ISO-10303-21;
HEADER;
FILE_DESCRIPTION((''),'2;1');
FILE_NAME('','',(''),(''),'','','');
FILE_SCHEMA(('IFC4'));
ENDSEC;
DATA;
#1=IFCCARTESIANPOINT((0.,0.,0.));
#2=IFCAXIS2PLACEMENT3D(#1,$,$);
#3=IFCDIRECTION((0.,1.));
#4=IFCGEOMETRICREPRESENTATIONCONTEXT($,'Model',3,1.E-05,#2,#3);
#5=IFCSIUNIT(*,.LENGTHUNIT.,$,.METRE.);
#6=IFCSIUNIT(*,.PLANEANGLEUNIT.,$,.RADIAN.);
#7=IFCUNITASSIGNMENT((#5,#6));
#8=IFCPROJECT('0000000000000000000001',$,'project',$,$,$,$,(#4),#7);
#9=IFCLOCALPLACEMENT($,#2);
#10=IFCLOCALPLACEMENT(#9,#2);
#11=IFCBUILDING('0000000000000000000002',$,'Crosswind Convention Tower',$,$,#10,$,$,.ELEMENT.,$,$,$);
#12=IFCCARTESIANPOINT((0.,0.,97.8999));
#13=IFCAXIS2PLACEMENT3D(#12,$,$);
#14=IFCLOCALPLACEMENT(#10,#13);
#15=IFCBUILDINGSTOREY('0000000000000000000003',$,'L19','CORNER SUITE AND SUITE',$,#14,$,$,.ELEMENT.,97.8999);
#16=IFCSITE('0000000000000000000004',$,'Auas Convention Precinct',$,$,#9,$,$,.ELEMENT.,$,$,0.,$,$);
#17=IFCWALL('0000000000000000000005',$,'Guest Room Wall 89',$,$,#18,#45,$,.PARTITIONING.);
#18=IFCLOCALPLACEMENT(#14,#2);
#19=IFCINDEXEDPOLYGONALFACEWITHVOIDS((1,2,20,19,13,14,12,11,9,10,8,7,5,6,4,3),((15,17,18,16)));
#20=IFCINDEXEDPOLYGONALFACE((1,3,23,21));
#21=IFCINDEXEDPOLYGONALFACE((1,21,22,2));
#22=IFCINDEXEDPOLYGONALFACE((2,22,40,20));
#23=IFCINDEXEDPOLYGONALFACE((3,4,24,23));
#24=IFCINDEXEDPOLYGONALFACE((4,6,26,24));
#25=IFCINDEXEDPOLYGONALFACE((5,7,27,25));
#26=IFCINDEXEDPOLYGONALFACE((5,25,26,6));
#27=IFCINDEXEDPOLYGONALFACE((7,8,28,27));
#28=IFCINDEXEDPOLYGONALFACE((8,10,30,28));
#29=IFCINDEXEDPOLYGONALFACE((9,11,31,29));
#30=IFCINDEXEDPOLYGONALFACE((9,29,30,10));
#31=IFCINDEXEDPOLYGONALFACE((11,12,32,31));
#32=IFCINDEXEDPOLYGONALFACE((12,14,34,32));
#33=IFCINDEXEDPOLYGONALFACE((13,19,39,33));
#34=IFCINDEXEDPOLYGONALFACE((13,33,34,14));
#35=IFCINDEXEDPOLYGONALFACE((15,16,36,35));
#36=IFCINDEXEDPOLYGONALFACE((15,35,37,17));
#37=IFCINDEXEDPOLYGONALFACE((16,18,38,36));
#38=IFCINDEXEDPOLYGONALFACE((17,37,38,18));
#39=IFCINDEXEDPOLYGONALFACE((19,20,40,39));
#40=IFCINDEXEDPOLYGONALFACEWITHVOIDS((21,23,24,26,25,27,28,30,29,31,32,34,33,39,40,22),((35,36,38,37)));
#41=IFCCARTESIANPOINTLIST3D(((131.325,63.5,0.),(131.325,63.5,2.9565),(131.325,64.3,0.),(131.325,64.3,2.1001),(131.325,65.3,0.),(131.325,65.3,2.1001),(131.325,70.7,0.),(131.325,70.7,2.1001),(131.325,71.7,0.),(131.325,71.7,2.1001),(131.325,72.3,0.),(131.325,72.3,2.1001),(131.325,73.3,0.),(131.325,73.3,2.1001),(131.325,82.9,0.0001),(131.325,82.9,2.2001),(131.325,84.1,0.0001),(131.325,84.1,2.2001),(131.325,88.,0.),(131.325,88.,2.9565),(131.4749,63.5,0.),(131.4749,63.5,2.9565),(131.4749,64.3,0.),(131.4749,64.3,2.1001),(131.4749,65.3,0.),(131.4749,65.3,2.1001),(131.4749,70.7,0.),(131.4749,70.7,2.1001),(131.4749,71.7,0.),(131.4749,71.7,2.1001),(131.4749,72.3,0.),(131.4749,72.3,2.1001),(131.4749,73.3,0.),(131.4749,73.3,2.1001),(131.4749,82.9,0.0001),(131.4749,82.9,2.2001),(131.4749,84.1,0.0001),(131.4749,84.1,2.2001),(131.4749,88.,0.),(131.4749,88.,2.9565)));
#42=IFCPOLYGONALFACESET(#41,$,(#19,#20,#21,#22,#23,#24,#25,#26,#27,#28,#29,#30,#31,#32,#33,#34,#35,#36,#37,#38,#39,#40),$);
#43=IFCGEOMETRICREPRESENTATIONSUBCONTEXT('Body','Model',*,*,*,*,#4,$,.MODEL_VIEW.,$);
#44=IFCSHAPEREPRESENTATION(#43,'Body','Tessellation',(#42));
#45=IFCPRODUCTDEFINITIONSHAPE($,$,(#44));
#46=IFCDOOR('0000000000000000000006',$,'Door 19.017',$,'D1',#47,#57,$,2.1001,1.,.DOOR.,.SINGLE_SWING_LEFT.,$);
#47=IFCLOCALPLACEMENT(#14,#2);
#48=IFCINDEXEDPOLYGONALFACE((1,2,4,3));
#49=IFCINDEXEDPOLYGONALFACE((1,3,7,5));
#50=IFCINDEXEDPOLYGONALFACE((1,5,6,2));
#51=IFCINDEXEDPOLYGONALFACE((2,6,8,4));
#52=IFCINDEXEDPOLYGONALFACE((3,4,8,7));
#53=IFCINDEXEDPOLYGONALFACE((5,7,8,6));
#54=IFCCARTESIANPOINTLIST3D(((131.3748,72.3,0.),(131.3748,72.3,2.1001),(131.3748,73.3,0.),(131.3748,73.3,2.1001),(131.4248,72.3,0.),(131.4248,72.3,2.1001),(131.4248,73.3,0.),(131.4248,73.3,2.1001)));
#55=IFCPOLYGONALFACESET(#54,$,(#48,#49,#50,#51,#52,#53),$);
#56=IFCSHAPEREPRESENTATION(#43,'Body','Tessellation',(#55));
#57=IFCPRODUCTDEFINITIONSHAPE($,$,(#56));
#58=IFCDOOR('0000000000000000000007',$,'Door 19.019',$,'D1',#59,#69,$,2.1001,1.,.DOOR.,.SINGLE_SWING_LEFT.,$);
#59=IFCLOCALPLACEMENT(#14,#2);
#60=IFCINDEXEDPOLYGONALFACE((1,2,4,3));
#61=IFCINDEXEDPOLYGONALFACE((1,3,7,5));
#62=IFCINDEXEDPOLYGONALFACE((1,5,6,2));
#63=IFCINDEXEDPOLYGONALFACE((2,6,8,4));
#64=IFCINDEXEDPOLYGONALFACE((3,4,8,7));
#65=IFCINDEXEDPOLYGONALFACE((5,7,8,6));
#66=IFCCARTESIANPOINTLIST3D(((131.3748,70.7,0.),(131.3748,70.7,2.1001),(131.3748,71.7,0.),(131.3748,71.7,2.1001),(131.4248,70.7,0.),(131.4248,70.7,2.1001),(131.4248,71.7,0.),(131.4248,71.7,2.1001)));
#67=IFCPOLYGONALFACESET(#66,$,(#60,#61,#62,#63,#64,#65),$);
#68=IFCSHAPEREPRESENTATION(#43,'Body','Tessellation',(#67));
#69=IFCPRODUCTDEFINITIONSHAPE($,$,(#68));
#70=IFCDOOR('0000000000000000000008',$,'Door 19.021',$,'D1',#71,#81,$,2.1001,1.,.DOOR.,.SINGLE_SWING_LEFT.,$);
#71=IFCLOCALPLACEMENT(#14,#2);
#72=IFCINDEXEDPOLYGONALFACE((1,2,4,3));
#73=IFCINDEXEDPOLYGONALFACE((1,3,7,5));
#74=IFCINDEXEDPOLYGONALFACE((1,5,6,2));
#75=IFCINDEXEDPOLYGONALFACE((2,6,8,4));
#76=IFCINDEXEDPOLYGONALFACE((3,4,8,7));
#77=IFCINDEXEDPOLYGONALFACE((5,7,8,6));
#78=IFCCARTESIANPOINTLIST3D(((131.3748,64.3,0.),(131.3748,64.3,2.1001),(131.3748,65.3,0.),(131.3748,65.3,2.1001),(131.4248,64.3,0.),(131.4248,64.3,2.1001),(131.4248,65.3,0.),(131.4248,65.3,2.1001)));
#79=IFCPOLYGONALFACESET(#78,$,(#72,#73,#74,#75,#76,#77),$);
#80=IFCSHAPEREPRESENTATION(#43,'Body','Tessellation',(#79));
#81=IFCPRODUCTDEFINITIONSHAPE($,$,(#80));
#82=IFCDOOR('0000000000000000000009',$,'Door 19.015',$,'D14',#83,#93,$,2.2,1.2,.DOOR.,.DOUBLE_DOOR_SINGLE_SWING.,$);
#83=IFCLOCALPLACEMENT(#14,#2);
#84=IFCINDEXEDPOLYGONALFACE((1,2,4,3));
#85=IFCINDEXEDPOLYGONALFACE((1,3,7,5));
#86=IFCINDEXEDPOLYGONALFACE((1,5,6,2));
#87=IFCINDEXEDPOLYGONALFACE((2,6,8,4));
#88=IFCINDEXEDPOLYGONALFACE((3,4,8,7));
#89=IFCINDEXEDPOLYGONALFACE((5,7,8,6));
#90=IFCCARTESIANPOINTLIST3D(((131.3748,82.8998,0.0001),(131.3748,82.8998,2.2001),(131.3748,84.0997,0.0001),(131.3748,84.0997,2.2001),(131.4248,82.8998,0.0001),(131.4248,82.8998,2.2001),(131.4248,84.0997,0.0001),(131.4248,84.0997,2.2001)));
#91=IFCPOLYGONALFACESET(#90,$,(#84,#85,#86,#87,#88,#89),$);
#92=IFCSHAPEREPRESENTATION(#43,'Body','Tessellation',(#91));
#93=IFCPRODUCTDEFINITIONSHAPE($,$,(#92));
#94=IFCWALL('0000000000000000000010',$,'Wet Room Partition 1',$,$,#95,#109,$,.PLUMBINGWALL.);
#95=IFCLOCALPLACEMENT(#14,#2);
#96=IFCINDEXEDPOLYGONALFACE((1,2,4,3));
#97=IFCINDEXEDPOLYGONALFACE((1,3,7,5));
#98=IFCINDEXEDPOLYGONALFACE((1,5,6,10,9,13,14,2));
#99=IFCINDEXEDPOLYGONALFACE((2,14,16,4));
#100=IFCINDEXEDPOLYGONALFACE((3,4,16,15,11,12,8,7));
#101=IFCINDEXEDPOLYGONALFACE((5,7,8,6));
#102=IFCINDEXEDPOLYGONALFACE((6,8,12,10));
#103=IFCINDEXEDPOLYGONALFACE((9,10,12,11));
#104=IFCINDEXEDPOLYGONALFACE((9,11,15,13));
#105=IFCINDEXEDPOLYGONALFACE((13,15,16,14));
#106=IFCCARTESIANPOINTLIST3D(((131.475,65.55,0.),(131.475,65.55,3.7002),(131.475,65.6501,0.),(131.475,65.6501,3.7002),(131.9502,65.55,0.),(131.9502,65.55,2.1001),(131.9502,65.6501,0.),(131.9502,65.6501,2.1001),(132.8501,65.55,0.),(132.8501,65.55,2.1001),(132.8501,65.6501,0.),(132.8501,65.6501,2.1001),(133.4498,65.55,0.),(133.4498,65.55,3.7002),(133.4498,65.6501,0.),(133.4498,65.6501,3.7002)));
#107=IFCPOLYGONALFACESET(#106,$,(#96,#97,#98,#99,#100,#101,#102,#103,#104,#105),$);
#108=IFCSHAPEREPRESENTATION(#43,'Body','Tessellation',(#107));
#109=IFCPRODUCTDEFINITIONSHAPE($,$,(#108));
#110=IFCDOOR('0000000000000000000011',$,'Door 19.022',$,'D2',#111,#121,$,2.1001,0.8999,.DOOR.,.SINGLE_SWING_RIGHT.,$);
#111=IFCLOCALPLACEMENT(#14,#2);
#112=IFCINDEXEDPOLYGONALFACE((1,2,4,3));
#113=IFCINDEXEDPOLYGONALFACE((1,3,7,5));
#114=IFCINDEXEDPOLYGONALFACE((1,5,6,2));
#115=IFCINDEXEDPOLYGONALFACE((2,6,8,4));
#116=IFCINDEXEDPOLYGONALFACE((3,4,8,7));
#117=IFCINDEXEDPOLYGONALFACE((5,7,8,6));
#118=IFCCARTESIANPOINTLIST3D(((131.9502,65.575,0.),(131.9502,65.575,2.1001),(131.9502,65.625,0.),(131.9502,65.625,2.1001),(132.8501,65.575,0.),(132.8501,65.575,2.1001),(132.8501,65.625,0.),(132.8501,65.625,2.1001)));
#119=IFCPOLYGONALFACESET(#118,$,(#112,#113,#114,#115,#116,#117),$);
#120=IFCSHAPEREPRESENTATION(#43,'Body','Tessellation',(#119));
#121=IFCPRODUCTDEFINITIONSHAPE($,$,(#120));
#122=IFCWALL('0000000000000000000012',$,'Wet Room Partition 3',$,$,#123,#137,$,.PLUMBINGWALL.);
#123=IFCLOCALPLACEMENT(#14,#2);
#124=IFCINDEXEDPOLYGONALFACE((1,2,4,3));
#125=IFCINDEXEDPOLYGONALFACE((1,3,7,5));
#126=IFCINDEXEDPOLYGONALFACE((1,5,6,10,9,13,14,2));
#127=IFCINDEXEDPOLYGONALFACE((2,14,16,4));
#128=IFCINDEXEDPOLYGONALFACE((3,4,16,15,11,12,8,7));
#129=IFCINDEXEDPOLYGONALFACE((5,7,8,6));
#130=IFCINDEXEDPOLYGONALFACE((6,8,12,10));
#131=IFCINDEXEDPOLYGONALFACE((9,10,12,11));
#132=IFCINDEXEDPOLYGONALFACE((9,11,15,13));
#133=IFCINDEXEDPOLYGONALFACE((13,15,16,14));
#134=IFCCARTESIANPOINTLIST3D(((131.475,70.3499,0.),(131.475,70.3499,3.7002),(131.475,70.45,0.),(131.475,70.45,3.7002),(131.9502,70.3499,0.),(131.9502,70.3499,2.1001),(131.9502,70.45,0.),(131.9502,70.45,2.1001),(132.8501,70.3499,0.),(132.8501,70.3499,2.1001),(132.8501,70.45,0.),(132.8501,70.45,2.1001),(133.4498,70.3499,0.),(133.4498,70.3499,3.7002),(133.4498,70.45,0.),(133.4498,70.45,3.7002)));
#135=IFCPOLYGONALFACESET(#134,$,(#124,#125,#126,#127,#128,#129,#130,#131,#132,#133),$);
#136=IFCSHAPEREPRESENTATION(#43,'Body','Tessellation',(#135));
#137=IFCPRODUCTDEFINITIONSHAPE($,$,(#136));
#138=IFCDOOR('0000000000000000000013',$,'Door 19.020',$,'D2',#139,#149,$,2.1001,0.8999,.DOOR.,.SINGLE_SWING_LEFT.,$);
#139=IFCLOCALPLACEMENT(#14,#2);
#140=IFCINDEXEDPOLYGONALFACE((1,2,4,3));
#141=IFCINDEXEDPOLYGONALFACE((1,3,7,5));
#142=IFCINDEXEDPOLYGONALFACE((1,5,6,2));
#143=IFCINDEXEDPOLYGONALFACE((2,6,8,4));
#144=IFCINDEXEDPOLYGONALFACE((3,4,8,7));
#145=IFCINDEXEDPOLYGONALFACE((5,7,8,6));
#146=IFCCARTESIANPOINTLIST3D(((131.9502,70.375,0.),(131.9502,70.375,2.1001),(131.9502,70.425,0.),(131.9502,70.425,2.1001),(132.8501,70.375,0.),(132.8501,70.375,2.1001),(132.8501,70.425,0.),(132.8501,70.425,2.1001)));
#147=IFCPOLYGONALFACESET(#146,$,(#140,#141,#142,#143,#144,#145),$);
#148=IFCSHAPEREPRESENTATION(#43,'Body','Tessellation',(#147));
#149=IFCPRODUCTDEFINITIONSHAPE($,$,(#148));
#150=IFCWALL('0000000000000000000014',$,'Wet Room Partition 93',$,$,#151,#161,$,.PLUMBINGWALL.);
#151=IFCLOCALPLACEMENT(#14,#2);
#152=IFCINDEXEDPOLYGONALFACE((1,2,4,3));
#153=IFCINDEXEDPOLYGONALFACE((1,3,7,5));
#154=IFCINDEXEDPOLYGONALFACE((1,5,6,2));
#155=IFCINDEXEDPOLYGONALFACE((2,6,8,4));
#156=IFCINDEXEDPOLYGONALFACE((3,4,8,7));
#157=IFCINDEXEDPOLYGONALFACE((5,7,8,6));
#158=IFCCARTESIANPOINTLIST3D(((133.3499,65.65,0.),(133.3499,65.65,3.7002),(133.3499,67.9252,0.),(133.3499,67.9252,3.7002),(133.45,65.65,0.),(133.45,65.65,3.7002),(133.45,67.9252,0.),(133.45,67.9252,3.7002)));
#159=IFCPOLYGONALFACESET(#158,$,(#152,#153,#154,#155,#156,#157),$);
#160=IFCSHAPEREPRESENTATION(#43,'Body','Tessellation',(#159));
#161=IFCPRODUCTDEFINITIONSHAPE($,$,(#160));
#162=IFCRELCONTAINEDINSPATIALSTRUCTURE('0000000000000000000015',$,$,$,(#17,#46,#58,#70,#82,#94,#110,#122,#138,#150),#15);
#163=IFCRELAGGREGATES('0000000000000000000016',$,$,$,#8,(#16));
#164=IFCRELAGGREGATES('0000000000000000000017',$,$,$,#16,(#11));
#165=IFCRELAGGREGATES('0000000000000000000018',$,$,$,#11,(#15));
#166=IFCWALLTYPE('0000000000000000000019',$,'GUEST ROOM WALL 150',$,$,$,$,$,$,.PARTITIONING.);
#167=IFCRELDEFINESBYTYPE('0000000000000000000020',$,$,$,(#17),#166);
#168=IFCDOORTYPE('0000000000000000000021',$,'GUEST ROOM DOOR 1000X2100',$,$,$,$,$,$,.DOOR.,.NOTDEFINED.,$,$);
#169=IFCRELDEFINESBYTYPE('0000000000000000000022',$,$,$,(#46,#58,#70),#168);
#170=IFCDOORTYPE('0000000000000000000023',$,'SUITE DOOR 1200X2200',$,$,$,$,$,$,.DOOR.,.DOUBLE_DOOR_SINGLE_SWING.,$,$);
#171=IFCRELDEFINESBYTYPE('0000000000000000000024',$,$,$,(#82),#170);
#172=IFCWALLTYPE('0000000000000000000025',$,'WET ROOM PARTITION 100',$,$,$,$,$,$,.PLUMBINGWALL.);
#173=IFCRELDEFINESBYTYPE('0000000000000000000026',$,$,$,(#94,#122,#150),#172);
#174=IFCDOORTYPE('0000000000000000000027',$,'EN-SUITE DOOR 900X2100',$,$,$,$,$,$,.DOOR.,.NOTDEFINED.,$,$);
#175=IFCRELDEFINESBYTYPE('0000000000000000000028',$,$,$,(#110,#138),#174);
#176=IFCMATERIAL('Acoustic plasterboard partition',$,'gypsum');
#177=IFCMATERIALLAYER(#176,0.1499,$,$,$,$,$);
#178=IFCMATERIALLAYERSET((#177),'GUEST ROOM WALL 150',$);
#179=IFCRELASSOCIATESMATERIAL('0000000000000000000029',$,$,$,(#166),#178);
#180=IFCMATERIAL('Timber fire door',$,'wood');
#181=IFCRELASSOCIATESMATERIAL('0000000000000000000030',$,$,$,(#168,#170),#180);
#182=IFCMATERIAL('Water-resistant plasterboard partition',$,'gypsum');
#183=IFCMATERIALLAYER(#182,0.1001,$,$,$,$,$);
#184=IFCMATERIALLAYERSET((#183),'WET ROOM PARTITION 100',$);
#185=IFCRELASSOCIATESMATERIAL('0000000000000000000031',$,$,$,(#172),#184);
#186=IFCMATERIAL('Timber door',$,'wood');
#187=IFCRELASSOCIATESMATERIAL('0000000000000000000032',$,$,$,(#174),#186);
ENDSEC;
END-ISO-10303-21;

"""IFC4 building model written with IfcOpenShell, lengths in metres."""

from ifc_helpers import new_model, si_unit, direction, frame, frame_2d, origin, place, context, subcontext, project, spatial, rectangle, extrude, material, layer, layer_set, type_object, element, fill, save


model = new_model("IFC4")

# Units and contexts
model_context = context("Model", 3, precision=1e-05, world=origin(), true_north=direction((0.0, 1.0)))
body_context = subcontext(model_context, "Body", "Model", "MODEL_VIEW")
ifc_project = project(units=[si_unit("LENGTHUNIT", "METRE"), si_unit("PLANEANGLEUNIT", "RADIAN")], contexts=[model_context])

# Site, building, storey
site_placement = place(None, origin())
site = spatial("IfcSite", under=ifc_project, at=site_placement, Name="Auas Convention Precinct", CompositionType="ELEMENT", RefElevation=0.0)
building_placement = place(site_placement, origin())
building = spatial("IfcBuilding", under=site, at=building_placement, Name="Crosswind Convention Tower", CompositionType="ELEMENT")
storey_placement = place(building_placement, frame((0.0, 0.0, 97.8999)))
storey = spatial("IfcBuildingStorey", under=building, at=storey_placement, Name="L19", Description="CORNER SUITE AND SUITE", CompositionType="ELEMENT", Elevation=97.8999)

# Shared definitions
ifc_material_1 = material(Name="Acoustic plasterboard partition", Category="gypsum")
ifc_layer_1 = layer(ifc_material_1, 0.1499)
ifc_layer_set_1 = layer_set([ifc_layer_1], Name="GUEST ROOM WALL 150")
wall_type_1 = type_object("IfcWallType", Name="GUEST ROOM WALL 150", PredefinedType="PARTITIONING", material=ifc_layer_set_1)

# Wall, openings, doors
wall_1_placement = place(storey_placement, frame((131.3999, 63.5, 0.0), z_axis=(0.0, 0.0, 1.0), x_axis=(0.0, 1.0, 0.0)))
wall_1 = element("IfcWall", 1, at=wall_1_placement, inside=storey, type_object=wall_type_1, Name="Guest Room Wall 89", PredefinedType="PARTITIONING", context=body_context, shape_type="SweptSolid", body=[
    extrude(rectangle(XDim=24.5, YDim=0.1499, at=frame_2d((12.25, 0.0))), origin(), (0.0, 0.0, 1.0), 2.9565),
])
opening_1_placement = place(wall_1_placement, frame((19.3999, 0.0, 0.0)))
opening_1 = element("IfcOpeningElement", 2, at=opening_1_placement, cuts=wall_1, PredefinedType="OPENING", context=body_context, shape_type="SweptSolid", body=[
    extrude(rectangle(XDim=1.2, YDim=2.2, at=frame_2d((0.6001, 1.1001))), frame((0.0, 0.085, 0.0), z_axis=(0.0, -1.0, 0.0), x_axis=(1.0, 0.0, 0.0)), (0.0, 0.0, 1.0), 0.1699),
])
opening_2_placement = place(wall_1_placement, frame((8.8, 0.0, 0.0)))
opening_2 = element("IfcOpeningElement", 3, at=opening_2_placement, cuts=wall_1, PredefinedType="OPENING", context=body_context, shape_type="SweptSolid", body=[
    extrude(rectangle(XDim=1.0, YDim=2.1001, at=frame_2d((0.5, 1.05))), frame((0.0, 0.085, 0.0), z_axis=(0.0, -1.0, 0.0), x_axis=(1.0, 0.0, 0.0)), (0.0, 0.0, 1.0), 0.1699),
])
opening_3_placement = place(wall_1_placement, frame((7.2, 0.0, 0.0)))
opening_3 = element("IfcOpeningElement", 4, at=opening_3_placement, cuts=wall_1, PredefinedType="OPENING", context=body_context, shape_type="SweptSolid", body=[
    extrude(rectangle(XDim=1.0, YDim=2.1001, at=frame_2d((0.5, 1.05))), frame((0.0, 0.085, 0.0), z_axis=(0.0, -1.0, 0.0), x_axis=(1.0, 0.0, 0.0)), (0.0, 0.0, 1.0), 0.1699),
])
opening_4_placement = place(wall_1_placement, frame((0.8, 0.0, 0.0)))
opening_4 = element("IfcOpeningElement", 5, at=opening_4_placement, cuts=wall_1, PredefinedType="OPENING", context=body_context, shape_type="SweptSolid", body=[
    extrude(rectangle(XDim=1.0, YDim=2.1001, at=frame_2d((0.5, 1.05))), frame((0.0, 0.085, 0.0), z_axis=(0.0, -1.0, 0.0), x_axis=(1.0, 0.0, 0.0)), (0.0, 0.0, 1.0), 0.1699),
])
ifc_material_2 = material(Name="Timber fire door", Category="wood")
door_type_1 = type_object("IfcDoorType", Name="GUEST ROOM DOOR 1000X2100", OperationType="NOTDEFINED", PredefinedType="DOOR", material=ifc_material_2)
door_1_placement = place(opening_2_placement, frame((1.0, 0.0, 0.0), z_axis=(0.0, 0.0, 1.0), x_axis=(-1.0, 0.0, 0.0)))
door_1 = element("IfcDoor", 6, at=door_1_placement, inside=storey, type_object=door_type_1, Name="Door 19.017", ObjectType="D1", OperationType="SINGLE_SWING_LEFT", OverallHeight=2.1001, OverallWidth=1.0, PredefinedType="DOOR", context=body_context, shape_type="SweptSolid", body=[
    extrude(rectangle(XDim=1.0, YDim=2.1001, at=frame_2d((0.5, 1.05))), frame((0.0, 0.0249, 0.0), z_axis=(0.0, -1.0, 0.0), x_axis=(1.0, 0.0, 0.0)), (0.0, 0.0, 1.0), 0.05),
])
fill(opening_2, door_1)
door_2_placement = place(opening_3_placement, frame((1.0, 0.0, 0.0), z_axis=(0.0, 0.0, 1.0), x_axis=(-1.0, 0.0, 0.0)))
door_2 = element("IfcDoor", 7, at=door_2_placement, inside=storey, type_object=door_type_1, Name="Door 19.019", ObjectType="D1", OperationType="SINGLE_SWING_LEFT", OverallHeight=2.1001, OverallWidth=1.0, PredefinedType="DOOR", context=body_context, shape_type="SweptSolid", body=[
    extrude(rectangle(XDim=1.0, YDim=2.1001, at=frame_2d((0.5, 1.05))), frame((0.0, 0.0249, 0.0), z_axis=(0.0, -1.0, 0.0), x_axis=(1.0, 0.0, 0.0)), (0.0, 0.0, 1.0), 0.05),
])
fill(opening_3, door_2)
door_3_placement = place(opening_4_placement, frame((1.0, 0.0, 0.0), z_axis=(0.0, 0.0, 1.0), x_axis=(-1.0, 0.0, 0.0)))
door_3 = element("IfcDoor", 8, at=door_3_placement, inside=storey, type_object=door_type_1, Name="Door 19.021", ObjectType="D1", OperationType="SINGLE_SWING_LEFT", OverallHeight=2.1001, OverallWidth=1.0, PredefinedType="DOOR", context=body_context, shape_type="SweptSolid", body=[
    extrude(rectangle(XDim=1.0, YDim=2.1001, at=frame_2d((0.5, 1.05))), frame((0.0, 0.0249, 0.0), z_axis=(0.0, -1.0, 0.0), x_axis=(1.0, 0.0, 0.0)), (0.0, 0.0, 1.0), 0.05),
])
fill(opening_4, door_3)
door_type_2 = type_object("IfcDoorType", Name="SUITE DOOR 1200X2200", OperationType="DOUBLE_DOOR_SINGLE_SWING", PredefinedType="DOOR", material=ifc_material_2)
door_4_placement = place(opening_1_placement, frame((1.2, 0.0, 0.0), z_axis=(0.0, 0.0, 1.0), x_axis=(-1.0, 0.0, 0.0)))
door_4 = element("IfcDoor", 9, at=door_4_placement, inside=storey, type_object=door_type_2, Name="Door 19.015", ObjectType="D14", OperationType="DOUBLE_DOOR_SINGLE_SWING", OverallHeight=2.2, OverallWidth=1.2, PredefinedType="DOOR", context=body_context, shape_type="SweptSolid", body=[
    extrude(rectangle(XDim=1.2, YDim=2.2, at=frame_2d((0.6001, 1.1001))), frame((0.0, 0.0249, 0.0), z_axis=(0.0, -1.0, 0.0), x_axis=(1.0, 0.0, 0.0)), (0.0, 0.0, 1.0), 0.05),
])
fill(opening_1, door_4)

# Walls, openings, doors
ifc_material_3 = material(Name="Water-resistant plasterboard partition", Category="gypsum")
ifc_layer_2 = layer(ifc_material_3, 0.1001)
ifc_layer_set_2 = layer_set([ifc_layer_2], Name="WET ROOM PARTITION 100")
wall_type_2 = type_object("IfcWallType", Name="WET ROOM PARTITION 100", PredefinedType="PLUMBINGWALL", material=ifc_layer_set_2)
wall_2_placement = place(storey_placement, frame((131.4751, 65.6001, 0.0), z_axis=(0.0, 0.0, 1.0), x_axis=(1.0, 0.0, 0.0)))
wall_2 = element("IfcWall", 10, at=wall_2_placement, inside=storey, type_object=wall_type_2, Name="Wet Room Partition 1", PredefinedType="PLUMBINGWALL", context=body_context, shape_type="SweptSolid", body=[
    extrude(rectangle(XDim=1.9749, YDim=0.1001, at=frame_2d((0.9873, 0.0))), origin(), (0.0, 0.0, 1.0), 3.7002),
])
opening_5_placement = place(wall_2_placement, frame((0.4751, 0.0, 0.0)))
opening_5 = element("IfcOpeningElement", 11, at=opening_5_placement, cuts=wall_2, PredefinedType="OPENING", context=body_context, shape_type="SweptSolid", body=[
    extrude(rectangle(XDim=0.8999, YDim=2.1001, at=frame_2d((0.45, 1.05))), frame((0.0, 0.0601, 0.0), z_axis=(0.0, -1.0, 0.0), x_axis=(1.0, 0.0, 0.0)), (0.0, 0.0, 1.0), 0.1201),
])
ifc_material_4 = material(Name="Timber door", Category="wood")
door_type_3 = type_object("IfcDoorType", Name="EN-SUITE DOOR 900X2100", OperationType="NOTDEFINED", PredefinedType="DOOR", material=ifc_material_4)
door_5_placement = place(opening_5_placement, origin())
door_5 = element("IfcDoor", 12, at=door_5_placement, inside=storey, type_object=door_type_3, Name="Door 19.022", ObjectType="D2", OperationType="SINGLE_SWING_RIGHT", OverallHeight=2.1001, OverallWidth=0.8999, PredefinedType="DOOR", context=body_context, shape_type="SweptSolid", body=[
    extrude(rectangle(XDim=0.8999, YDim=2.1001, at=frame_2d((0.45, 1.05))), frame((0.0, 0.0249, 0.0), z_axis=(0.0, -1.0, 0.0), x_axis=(1.0, 0.0, 0.0)), (0.0, 0.0, 1.0), 0.05),
])
fill(opening_5, door_5)
wall_3_placement = place(storey_placement, frame((131.4751, 70.3999, 0.0), z_axis=(0.0, 0.0, 1.0), x_axis=(1.0, 0.0, 0.0)))
wall_3 = element("IfcWall", 13, at=wall_3_placement, inside=storey, type_object=wall_type_2, Name="Wet Room Partition 3", PredefinedType="PLUMBINGWALL", context=body_context, shape_type="SweptSolid", body=[
    extrude(rectangle(XDim=1.9749, YDim=0.1001, at=frame_2d((0.9873, 0.0))), origin(), (0.0, 0.0, 1.0), 3.7002),
])
opening_6_placement = place(wall_3_placement, frame((0.4751, 0.0, 0.0)))
opening_6 = element("IfcOpeningElement", 14, at=opening_6_placement, cuts=wall_3, PredefinedType="OPENING", context=body_context, shape_type="SweptSolid", body=[
    extrude(rectangle(XDim=0.8999, YDim=2.1001, at=frame_2d((0.45, 1.05))), frame((0.0, 0.0601, 0.0), z_axis=(0.0, -1.0, 0.0), x_axis=(1.0, 0.0, 0.0)), (0.0, 0.0, 1.0), 0.1201),
])
door_6_placement = place(opening_6_placement, frame((0.8999, 0.0, 0.0), z_axis=(0.0, 0.0, 1.0), x_axis=(-1.0, 0.0, 0.0)))
door_6 = element("IfcDoor", 15, at=door_6_placement, inside=storey, type_object=door_type_3, Name="Door 19.020", ObjectType="D2", OperationType="SINGLE_SWING_LEFT", OverallHeight=2.1001, OverallWidth=0.8999, PredefinedType="DOOR", context=body_context, shape_type="SweptSolid", body=[
    extrude(rectangle(XDim=0.8999, YDim=2.1001, at=frame_2d((0.45, 1.05))), frame((0.0, 0.0249, 0.0), z_axis=(0.0, -1.0, 0.0), x_axis=(1.0, 0.0, 0.0)), (0.0, 0.0, 1.0), 0.05),
])
fill(opening_6, door_6)

# Wall
for number, where, z_axis, x_axis, name in (
    (16, (133.3999, 65.6499, 0.0), (0.0, 0.0, 1.0), (0.0, 1.0, 0.0), "Wet Room Partition 93"),
):
    element("IfcWall", number, at=place(storey_placement, frame(where, z_axis=z_axis, x_axis=x_axis)), inside=storey, type_object=wall_type_2, Name=name, PredefinedType="PLUMBINGWALL", context=body_context, shape_type="SweptSolid", body=[
        extrude(rectangle(XDim=2.2751, YDim=0.1001, at=frame_2d((1.1377, 0.0))), origin(), (0.0, 0.0, 1.0), 3.7002),
    ])

save(model, "model.ifc")
